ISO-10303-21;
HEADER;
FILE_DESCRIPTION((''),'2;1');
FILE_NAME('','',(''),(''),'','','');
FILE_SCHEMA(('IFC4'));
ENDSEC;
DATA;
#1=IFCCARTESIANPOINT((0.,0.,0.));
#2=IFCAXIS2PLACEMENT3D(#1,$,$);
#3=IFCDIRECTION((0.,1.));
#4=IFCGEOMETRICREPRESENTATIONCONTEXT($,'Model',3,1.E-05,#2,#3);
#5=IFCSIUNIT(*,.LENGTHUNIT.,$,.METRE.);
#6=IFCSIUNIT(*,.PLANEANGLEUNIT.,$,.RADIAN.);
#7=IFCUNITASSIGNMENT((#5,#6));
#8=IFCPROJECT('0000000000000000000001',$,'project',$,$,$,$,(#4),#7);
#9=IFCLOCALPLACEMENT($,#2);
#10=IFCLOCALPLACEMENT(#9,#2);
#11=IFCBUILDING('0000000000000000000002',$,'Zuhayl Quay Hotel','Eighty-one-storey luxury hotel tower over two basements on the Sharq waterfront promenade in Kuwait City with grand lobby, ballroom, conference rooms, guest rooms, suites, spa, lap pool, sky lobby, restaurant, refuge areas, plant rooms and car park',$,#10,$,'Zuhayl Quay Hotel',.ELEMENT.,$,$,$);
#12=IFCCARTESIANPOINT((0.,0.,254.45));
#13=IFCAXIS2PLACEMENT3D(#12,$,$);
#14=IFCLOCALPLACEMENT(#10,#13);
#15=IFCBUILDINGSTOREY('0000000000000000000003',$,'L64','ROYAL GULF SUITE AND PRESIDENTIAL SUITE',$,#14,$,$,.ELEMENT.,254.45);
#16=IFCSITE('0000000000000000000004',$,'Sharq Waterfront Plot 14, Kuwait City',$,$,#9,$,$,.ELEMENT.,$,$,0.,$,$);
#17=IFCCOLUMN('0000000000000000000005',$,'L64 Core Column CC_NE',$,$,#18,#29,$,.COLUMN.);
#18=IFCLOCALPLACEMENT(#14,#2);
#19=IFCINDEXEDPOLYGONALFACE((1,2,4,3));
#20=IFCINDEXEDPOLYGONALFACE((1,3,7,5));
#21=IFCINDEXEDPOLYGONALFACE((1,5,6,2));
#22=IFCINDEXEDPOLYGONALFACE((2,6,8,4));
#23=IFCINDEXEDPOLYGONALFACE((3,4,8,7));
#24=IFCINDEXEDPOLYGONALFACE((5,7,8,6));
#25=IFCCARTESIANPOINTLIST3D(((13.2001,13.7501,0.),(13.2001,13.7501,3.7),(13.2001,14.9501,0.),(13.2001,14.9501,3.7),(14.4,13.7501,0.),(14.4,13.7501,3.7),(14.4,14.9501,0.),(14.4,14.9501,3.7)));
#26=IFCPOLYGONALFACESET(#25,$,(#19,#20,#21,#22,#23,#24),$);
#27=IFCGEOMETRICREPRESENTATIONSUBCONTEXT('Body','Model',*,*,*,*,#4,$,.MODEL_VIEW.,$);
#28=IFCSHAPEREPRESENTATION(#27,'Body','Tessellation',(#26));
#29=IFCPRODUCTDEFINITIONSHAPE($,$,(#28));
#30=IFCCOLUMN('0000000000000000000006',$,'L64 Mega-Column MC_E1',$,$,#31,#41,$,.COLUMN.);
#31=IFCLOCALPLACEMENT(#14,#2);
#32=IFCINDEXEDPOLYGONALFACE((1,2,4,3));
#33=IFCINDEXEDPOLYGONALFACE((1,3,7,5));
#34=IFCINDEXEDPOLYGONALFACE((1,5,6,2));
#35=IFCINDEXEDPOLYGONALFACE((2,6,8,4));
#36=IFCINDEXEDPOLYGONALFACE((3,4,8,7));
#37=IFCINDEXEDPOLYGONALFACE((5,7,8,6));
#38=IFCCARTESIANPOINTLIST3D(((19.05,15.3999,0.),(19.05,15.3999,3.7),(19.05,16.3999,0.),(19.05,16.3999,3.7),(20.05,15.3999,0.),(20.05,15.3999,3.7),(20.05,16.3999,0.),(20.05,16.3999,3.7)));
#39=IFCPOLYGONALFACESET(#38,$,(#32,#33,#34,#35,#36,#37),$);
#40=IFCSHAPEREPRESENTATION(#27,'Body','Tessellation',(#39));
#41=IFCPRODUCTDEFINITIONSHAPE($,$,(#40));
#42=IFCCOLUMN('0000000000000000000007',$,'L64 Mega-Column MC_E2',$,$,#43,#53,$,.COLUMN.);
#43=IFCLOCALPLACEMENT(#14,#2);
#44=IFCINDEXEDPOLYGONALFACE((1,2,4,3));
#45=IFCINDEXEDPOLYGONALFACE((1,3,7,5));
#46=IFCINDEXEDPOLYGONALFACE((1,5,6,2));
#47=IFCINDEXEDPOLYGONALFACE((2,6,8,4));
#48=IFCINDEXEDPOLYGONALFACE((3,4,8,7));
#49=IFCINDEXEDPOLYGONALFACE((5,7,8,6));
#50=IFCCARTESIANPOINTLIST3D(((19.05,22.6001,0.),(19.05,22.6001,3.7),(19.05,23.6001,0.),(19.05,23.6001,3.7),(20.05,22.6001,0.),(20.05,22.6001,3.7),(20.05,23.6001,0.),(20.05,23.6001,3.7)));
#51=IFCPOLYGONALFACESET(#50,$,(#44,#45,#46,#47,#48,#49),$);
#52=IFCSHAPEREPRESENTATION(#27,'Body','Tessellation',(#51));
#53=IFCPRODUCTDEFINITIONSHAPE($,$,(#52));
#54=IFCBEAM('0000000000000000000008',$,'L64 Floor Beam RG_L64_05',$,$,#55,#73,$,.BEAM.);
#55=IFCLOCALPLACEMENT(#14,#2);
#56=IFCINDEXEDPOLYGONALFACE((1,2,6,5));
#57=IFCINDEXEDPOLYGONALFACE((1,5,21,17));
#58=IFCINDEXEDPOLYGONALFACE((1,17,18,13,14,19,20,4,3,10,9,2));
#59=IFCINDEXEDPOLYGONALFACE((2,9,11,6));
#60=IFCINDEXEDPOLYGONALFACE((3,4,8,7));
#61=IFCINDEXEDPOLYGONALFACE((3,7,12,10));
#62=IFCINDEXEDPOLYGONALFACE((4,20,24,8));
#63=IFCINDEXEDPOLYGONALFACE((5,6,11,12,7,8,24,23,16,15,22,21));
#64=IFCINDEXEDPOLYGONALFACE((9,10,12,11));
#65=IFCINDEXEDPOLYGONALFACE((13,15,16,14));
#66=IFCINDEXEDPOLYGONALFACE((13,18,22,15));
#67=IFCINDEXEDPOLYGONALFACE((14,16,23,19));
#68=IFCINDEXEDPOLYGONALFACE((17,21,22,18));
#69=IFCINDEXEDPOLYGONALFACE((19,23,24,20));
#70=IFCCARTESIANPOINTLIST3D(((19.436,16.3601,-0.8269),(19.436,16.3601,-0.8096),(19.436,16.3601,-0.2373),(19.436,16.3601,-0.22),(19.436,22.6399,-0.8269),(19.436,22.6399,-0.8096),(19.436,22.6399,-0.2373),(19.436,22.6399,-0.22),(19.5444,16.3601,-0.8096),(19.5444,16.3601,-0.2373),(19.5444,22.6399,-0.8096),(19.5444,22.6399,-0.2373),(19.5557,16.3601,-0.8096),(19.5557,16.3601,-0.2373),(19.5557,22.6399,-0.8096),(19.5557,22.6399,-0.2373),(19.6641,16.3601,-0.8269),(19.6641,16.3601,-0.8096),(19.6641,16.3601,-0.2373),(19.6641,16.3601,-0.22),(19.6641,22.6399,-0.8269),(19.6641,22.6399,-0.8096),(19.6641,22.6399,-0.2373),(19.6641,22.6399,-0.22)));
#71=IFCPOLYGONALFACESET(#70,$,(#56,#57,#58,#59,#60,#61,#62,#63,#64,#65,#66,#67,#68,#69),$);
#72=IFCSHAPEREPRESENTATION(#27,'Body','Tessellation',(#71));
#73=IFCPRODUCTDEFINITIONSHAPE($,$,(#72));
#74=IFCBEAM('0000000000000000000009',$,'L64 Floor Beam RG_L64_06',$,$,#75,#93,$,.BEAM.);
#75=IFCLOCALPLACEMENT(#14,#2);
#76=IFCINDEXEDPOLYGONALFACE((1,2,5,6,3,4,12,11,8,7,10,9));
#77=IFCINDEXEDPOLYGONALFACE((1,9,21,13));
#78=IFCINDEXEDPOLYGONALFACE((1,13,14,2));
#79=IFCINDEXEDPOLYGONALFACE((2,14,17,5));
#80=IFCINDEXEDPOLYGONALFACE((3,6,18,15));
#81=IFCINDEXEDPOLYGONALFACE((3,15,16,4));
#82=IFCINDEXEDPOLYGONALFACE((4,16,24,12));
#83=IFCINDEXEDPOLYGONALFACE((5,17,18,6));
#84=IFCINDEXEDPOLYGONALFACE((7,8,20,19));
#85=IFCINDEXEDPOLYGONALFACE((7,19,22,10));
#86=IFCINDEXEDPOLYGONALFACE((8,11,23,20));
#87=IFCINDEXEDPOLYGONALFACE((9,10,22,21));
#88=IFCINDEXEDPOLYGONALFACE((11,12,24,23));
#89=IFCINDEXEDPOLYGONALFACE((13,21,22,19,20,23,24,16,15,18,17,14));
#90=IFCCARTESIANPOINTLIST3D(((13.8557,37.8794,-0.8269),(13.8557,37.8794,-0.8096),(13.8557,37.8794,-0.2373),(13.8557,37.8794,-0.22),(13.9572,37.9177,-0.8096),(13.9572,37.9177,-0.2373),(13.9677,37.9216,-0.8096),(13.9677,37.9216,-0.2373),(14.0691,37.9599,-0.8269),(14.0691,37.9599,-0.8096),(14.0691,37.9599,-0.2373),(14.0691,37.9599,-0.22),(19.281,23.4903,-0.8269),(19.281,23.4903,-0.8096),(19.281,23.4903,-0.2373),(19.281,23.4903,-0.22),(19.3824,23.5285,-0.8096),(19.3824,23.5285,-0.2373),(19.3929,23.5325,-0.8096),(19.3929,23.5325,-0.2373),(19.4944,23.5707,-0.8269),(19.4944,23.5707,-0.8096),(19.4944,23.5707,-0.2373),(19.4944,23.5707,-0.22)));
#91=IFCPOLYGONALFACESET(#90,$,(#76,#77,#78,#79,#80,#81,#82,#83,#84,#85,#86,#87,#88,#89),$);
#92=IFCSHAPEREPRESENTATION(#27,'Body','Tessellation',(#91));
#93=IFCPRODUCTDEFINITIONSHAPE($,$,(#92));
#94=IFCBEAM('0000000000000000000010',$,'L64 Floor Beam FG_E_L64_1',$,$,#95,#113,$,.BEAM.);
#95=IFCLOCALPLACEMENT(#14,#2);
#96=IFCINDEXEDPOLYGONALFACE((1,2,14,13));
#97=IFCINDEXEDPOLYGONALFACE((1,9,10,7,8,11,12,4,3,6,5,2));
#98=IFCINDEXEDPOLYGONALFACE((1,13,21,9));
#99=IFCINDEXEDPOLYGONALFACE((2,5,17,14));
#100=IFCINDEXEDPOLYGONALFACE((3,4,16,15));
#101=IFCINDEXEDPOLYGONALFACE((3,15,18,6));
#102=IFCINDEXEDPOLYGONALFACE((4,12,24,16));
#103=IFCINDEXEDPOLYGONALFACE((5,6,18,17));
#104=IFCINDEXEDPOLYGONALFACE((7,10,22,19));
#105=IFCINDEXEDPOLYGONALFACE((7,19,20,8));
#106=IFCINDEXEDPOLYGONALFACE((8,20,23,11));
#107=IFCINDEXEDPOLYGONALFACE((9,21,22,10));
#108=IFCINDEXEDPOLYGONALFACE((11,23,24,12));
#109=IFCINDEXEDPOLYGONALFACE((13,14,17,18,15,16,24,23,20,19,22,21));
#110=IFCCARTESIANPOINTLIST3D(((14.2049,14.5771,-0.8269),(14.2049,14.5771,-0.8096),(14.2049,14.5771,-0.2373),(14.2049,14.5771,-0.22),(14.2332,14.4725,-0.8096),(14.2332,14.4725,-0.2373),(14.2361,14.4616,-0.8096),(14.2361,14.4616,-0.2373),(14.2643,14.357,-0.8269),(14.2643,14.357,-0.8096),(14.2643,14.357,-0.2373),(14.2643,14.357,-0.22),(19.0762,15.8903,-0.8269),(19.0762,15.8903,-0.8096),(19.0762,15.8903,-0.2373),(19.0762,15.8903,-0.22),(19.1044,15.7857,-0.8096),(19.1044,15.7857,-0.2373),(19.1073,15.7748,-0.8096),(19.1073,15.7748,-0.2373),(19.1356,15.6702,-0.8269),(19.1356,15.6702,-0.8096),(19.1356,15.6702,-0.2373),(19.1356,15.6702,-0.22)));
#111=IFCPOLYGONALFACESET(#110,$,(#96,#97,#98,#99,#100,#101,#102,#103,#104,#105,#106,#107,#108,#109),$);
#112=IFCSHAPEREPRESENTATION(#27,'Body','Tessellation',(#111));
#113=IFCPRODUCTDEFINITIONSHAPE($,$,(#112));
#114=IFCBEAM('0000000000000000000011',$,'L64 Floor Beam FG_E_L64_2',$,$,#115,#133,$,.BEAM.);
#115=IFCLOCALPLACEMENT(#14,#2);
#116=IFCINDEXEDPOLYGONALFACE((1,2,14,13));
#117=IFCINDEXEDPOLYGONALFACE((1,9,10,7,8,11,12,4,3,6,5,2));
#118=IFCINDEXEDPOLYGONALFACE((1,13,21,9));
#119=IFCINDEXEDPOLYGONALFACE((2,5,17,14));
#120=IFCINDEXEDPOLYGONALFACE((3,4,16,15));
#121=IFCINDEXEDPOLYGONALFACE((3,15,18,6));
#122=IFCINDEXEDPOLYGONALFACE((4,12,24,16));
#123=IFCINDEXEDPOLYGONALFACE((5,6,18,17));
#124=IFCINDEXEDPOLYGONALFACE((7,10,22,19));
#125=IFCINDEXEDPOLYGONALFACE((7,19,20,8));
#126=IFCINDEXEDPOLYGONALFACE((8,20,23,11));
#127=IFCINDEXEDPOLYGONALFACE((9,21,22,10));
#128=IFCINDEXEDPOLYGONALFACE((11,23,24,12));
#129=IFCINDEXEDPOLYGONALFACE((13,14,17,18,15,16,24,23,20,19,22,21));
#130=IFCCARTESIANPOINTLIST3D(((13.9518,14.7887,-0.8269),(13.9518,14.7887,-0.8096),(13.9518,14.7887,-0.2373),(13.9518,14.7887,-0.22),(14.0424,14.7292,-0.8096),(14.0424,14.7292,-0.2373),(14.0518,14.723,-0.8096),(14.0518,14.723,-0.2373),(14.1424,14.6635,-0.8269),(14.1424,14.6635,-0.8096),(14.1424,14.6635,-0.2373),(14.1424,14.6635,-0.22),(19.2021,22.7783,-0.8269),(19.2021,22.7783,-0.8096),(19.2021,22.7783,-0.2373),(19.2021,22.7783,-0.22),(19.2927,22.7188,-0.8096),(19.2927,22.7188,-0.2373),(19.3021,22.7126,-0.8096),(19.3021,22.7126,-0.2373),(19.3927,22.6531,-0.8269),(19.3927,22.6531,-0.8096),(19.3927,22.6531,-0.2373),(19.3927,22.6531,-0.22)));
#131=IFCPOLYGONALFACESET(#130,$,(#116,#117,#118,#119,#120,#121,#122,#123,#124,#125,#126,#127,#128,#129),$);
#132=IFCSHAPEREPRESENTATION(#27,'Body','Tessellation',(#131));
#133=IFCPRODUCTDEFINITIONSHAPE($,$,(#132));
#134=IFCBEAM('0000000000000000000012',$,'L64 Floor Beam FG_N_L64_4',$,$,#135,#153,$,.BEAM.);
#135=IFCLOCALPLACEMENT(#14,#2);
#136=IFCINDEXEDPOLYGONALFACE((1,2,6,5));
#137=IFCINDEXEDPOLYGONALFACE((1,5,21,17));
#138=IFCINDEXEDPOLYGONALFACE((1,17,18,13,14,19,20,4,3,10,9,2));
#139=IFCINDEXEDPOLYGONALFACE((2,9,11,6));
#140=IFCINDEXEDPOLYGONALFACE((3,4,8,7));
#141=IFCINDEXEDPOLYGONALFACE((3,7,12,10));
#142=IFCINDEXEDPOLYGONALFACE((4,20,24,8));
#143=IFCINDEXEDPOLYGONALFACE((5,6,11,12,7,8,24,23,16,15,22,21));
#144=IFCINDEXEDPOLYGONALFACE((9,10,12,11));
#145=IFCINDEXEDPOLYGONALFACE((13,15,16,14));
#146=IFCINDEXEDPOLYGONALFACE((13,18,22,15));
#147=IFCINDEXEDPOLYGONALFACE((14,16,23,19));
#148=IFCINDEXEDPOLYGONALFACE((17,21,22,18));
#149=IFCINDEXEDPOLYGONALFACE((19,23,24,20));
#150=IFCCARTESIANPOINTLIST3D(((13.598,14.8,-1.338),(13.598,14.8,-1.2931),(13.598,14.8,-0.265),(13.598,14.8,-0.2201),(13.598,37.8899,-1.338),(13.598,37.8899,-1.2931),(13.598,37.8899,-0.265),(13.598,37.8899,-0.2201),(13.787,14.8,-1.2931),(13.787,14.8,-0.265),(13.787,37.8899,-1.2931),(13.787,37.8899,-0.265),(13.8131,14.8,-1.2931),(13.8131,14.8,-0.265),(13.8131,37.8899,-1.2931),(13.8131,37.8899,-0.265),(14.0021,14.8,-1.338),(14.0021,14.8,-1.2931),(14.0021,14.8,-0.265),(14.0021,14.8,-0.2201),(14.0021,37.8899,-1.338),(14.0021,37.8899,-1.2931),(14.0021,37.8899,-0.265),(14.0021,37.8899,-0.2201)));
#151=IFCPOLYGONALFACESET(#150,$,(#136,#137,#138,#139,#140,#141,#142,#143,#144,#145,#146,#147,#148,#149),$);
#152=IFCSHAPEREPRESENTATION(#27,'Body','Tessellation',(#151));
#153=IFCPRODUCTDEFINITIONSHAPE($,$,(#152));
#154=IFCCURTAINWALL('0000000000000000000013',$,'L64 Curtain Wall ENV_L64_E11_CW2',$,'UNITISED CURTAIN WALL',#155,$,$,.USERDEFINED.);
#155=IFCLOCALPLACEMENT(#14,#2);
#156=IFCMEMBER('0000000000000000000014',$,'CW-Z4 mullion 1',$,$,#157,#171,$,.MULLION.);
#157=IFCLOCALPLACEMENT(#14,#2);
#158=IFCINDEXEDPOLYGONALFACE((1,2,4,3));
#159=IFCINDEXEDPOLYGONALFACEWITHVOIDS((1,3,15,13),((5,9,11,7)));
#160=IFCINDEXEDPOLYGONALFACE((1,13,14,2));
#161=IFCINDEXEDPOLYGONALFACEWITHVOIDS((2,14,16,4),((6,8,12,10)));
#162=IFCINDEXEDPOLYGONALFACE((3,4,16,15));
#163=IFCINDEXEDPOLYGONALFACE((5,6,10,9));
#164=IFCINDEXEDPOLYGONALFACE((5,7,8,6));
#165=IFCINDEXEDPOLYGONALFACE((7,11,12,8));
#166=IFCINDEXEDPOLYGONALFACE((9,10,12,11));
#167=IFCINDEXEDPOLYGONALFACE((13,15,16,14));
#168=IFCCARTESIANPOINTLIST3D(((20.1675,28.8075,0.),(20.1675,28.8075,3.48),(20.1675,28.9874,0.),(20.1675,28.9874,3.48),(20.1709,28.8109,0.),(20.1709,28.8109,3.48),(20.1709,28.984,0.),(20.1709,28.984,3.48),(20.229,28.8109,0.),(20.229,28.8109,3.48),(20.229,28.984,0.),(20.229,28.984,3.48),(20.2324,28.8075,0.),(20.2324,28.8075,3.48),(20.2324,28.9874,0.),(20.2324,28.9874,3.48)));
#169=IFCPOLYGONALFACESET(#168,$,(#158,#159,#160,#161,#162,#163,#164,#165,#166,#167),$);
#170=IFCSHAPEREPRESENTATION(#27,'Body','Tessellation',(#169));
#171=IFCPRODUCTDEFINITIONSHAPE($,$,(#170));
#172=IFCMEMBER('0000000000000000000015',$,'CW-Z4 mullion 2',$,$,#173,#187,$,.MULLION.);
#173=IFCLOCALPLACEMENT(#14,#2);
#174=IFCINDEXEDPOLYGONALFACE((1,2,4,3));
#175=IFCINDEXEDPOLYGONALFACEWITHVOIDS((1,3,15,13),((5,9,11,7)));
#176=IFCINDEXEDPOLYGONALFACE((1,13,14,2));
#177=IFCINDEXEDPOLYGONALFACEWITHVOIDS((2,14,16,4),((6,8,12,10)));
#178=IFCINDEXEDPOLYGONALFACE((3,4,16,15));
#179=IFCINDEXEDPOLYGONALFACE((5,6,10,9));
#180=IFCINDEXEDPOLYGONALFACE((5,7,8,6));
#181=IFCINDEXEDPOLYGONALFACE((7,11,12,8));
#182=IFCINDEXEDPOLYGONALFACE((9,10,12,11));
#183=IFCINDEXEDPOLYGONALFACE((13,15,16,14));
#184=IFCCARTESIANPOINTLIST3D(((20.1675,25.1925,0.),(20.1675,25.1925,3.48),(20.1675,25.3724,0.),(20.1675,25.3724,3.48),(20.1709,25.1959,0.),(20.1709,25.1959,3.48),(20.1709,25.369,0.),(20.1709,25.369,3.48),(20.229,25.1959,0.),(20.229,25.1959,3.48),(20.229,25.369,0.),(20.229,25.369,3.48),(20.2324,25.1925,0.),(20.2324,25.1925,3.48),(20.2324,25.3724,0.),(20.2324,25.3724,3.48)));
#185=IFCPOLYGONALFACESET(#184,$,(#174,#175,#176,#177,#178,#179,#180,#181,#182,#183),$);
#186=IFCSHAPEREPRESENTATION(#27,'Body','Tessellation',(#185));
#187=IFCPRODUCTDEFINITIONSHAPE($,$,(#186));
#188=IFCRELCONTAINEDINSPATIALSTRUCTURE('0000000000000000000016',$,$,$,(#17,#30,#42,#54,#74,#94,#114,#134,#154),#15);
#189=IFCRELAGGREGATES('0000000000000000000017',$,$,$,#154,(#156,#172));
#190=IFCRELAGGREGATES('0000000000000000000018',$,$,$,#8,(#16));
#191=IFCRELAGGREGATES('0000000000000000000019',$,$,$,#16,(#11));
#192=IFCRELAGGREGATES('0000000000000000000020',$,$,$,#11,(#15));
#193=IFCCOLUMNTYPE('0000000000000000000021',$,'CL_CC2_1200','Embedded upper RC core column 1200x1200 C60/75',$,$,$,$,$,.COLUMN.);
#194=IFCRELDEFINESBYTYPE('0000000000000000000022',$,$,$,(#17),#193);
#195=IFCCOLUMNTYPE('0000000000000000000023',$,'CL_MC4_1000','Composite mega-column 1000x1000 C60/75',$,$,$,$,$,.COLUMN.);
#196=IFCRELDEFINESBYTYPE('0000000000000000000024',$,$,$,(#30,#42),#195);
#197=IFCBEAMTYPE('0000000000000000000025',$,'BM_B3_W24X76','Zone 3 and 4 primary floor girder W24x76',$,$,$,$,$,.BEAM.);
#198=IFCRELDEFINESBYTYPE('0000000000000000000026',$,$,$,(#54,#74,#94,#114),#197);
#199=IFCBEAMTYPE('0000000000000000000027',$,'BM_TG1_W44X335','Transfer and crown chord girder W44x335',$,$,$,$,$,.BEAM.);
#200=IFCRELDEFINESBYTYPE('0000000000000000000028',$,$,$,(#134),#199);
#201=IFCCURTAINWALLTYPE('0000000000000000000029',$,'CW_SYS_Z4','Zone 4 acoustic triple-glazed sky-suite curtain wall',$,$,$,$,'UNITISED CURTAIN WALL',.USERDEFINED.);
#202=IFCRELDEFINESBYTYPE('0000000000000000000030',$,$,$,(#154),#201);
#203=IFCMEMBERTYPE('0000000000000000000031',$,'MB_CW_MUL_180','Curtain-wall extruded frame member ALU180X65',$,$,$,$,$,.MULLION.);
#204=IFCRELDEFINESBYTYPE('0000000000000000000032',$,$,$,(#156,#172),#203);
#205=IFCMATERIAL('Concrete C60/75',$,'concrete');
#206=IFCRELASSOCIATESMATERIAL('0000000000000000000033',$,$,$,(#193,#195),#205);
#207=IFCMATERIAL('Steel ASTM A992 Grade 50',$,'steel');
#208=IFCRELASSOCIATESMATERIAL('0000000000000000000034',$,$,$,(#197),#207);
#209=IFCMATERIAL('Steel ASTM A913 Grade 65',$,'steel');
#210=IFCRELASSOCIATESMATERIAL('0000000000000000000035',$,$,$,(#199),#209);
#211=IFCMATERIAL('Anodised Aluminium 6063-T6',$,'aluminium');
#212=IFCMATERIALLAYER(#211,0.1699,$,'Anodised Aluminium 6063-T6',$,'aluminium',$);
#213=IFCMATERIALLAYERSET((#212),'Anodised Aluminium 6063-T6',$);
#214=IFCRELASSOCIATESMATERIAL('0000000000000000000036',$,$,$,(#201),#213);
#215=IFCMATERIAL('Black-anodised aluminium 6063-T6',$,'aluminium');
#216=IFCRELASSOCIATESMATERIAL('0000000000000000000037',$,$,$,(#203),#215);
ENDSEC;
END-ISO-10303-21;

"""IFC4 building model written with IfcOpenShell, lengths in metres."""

from ifc_helpers import new_model, si_unit, direction, frame, origin, origin_2d, place, context, subcontext, project, spatial, rectangle, hollow_rectangle, i_section, extrude, material, layer, layer_set, material_profile, profile_set, type_object, element, aggregate, save


model = new_model("IFC4")

# Units and contexts
model_context = context("Model", 3, precision=1e-05, world=origin(), true_north=direction((0.0, 1.0)))
body_context = subcontext(model_context, "Body", "Model", "MODEL_VIEW")
ifc_project = project(units=[si_unit("LENGTHUNIT", "METRE"), si_unit("PLANEANGLEUNIT", "RADIAN")], contexts=[model_context])

# Site, building, storey
site_placement = place(None, origin())
site = spatial("IfcSite", under=ifc_project, at=site_placement, Name="Sharq Waterfront Plot 14, Kuwait City", CompositionType="ELEMENT", RefElevation=0.0)
building_placement = place(site_placement, origin())
building = spatial("IfcBuilding", under=site, at=building_placement, Name="Zuhayl Quay Hotel", Description="Eighty-one-storey luxury hotel tower over two basements on the Sharq waterfront promenade in Kuwait City with grand lobby, ballroom, conference rooms, guest rooms, suites, spa, lap pool, sky lobby, restaurant, refuge areas, plant rooms and car park", LongName="Zuhayl Quay Hotel", CompositionType="ELEMENT")
storey_placement = place(building_placement, frame((0.0, 0.0, 254.45)))
storey = spatial("IfcBuildingStorey", under=building, at=storey_placement, Name="L64", Description="ROYAL GULF SUITE AND PRESIDENTIAL SUITE", CompositionType="ELEMENT", Elevation=254.45)

# Columns
ifc_material_1 = material(Name="Concrete C60/75", Category="concrete")
ifc_material_profile_1 = material_profile(ifc_material_1, rectangle(XDim=1.2, YDim=1.2, at=origin_2d()), Name="RC1200X1200")
ifc_profile_set_1 = profile_set([ifc_material_profile_1], Name="Concrete C60/75")
column_type_1 = type_object("IfcColumnType", Name="CL_CC2_1200", Description="Embedded upper RC core column 1200x1200 C60/75", PredefinedType="COLUMN", material=ifc_profile_set_1)
column_placement = place(storey_placement, frame((13.8, 14.3501, 0.0), z_axis=(0.0, 0.0, 1.0), x_axis=(1.0, 0.0, 0.0)))
element("IfcColumn", 1, at=column_placement, inside=storey, type_object=column_type_1, Name="L64 Core Column CC_NE", PredefinedType="COLUMN", context=body_context, shape_type="SweptSolid", body=[
    extrude(rectangle(XDim=1.2, YDim=1.2, at=origin_2d()), origin(), (0.0, 0.0, 1.0), 3.7),
])
ifc_material_profile_2 = material_profile(ifc_material_1, rectangle(XDim=1.0, YDim=1.0, at=origin_2d()), Name="RC1000X1000")
ifc_profile_set_2 = profile_set([ifc_material_profile_2], Name="Concrete C60/75")
column_type_2 = type_object("IfcColumnType", Name="CL_MC4_1000", Description="Composite mega-column 1000x1000 C60/75", PredefinedType="COLUMN", material=ifc_profile_set_2)
for number, where, z_axis, x_axis, name in (
    (2, (19.55, 15.8999, 0.0), (0.0, 0.0, 1.0), (1.0, 0.0, 0.0), "L64 Mega-Column MC_E1"),
    (3, (19.55, 23.1001, 0.0), (0.0, 0.0, 1.0), (1.0, 0.0, 0.0), "L64 Mega-Column MC_E2"),
):
    element("IfcColumn", number, at=place(storey_placement, frame(where, z_axis=z_axis, x_axis=x_axis)), inside=storey, type_object=column_type_2, Name=name, PredefinedType="COLUMN", context=body_context, shape_type="SweptSolid", body=[
        extrude(rectangle(XDim=1.0, YDim=1.0, at=origin_2d()), origin(), (0.0, 0.0, 1.0), 3.7),
    ])

# Beams
ifc_material_2 = material(Name="Steel ASTM A992 Grade 50", Category="steel")
ifc_material_profile_3 = material_profile(ifc_material_2, i_section(OverallWidth=0.228, OverallDepth=0.6069, WebThickness=0.0112, FlangeThickness=0.0173, at=origin_2d()), Name="W24X76")
ifc_profile_set_3 = profile_set([ifc_material_profile_3], Name="Steel ASTM A992 Grade 50")
beam_type_1 = type_object("IfcBeamType", Name="BM_B3_W24X76", Description="Zone 3 and 4 primary floor girder W24x76", PredefinedType="BEAM", material=ifc_profile_set_3)
beam_1_placement = place(storey_placement, frame((19.55, 16.3601, -0.5234), z_axis=(0.0, 1.0, 0.0), x_axis=(-1.0, 0.0, 0.0)))
element("IfcBeam", 4, at=beam_1_placement, inside=storey, type_object=beam_type_1, Name="L64 Floor Beam RG_L64_05", PredefinedType="BEAM", context=body_context, shape_type="SweptSolid", body=[
    extrude(i_section(OverallWidth=0.228, OverallDepth=0.6069, WebThickness=0.0112, FlangeThickness=0.0173, at=origin_2d()), origin(), (0.0, 0.0, 1.0), 6.2798),
])
beam_2_placement = place(storey_placement, frame((19.3877, 23.5305, -0.5234), z_axis=(-0.352797, 0.9357, 0.0), x_axis=(-0.9357, -0.352797, 0.0)))
element("IfcBeam", 5, at=beam_2_placement, inside=storey, type_object=beam_type_1, Name="L64 Floor Beam RG_L64_06", PredefinedType="BEAM", context=body_context, shape_type="SweptSolid", body=[
    extrude(i_section(OverallWidth=0.228, OverallDepth=0.6069, WebThickness=0.0112, FlangeThickness=0.0173, at=origin_2d()), origin(), (0.0, 0.0, 1.0), 15.3779),
])
beam_3_placement = place(storey_placement, frame((14.2346, 14.467, -0.5234), z_axis=(0.96553, 0.260291, 0.0), x_axis=(-0.260291, 0.96553, 0.0)))
element("IfcBeam", 6, at=beam_3_placement, inside=storey, type_object=beam_type_1, Name="L64 Floor Beam FG_E_L64_1", PredefinedType="BEAM", context=body_context, shape_type="SweptSolid", body=[
    extrude(i_section(OverallWidth=0.228, OverallDepth=0.6069, WebThickness=0.0112, FlangeThickness=0.0173, at=origin_2d()), origin(), (0.0, 0.0, 1.0), 5.0452),
])
beam_4_placement = place(storey_placement, frame((14.0471, 14.7261, -0.5234), z_axis=(0.549178, 0.835705, 0.0), x_axis=(-0.835705, 0.549178, 0.0)))
element("IfcBeam", 7, at=beam_4_placement, inside=storey, type_object=beam_type_1, Name="L64 Floor Beam FG_E_L64_2", PredefinedType="BEAM", context=body_context, shape_type="SweptSolid", body=[
    extrude(i_section(OverallWidth=0.228, OverallDepth=0.6069, WebThickness=0.0112, FlangeThickness=0.0173, at=origin_2d()), origin(), (0.0, 0.0, 1.0), 9.5603),
])
ifc_material_3 = material(Name="Steel ASTM A913 Grade 65", Category="steel")
ifc_material_profile_4 = material_profile(ifc_material_3, i_section(OverallWidth=0.4041, OverallDepth=1.1179, WebThickness=0.0261, FlangeThickness=0.0449, at=origin_2d()), Name="W44X335")
ifc_profile_set_4 = profile_set([ifc_material_profile_4], Name="Steel ASTM A913 Grade 65")
beam_type_2 = type_object("IfcBeamType", Name="BM_TG1_W44X335", Description="Transfer and crown chord girder W44x335", PredefinedType="BEAM", material=ifc_profile_set_4)
beam_5_placement = place(storey_placement, frame((13.8, 14.8, -0.7791), z_axis=(0.0, 1.0, 0.0), x_axis=(-1.0, 0.0, 0.0)))
element("IfcBeam", 8, at=beam_5_placement, inside=storey, type_object=beam_type_2, Name="L64 Floor Beam FG_N_L64_4", PredefinedType="BEAM", context=body_context, shape_type="SweptSolid", body=[
    extrude(i_section(OverallWidth=0.4041, OverallDepth=1.1179, WebThickness=0.0261, FlangeThickness=0.0449, at=origin_2d()), origin(), (0.0, 0.0, 1.0), 23.0898),
])

# Curtain wall, members
ifc_material_4 = material(Name="Anodised Aluminium 6063-T6", Category="aluminium")
ifc_layer_1 = layer(ifc_material_4, 0.1699, Name="Anodised Aluminium 6063-T6", Category="aluminium")
ifc_layer_set_1 = layer_set([ifc_layer_1], Name="Anodised Aluminium 6063-T6")
curtain_wall_type = type_object("IfcCurtainWallType", Name="CW_SYS_Z4", Description="Zone 4 acoustic triple-glazed sky-suite curtain wall", ElementType="UNITISED CURTAIN WALL", PredefinedType="USERDEFINED", material=ifc_layer_set_1)
curtain_wall_1_placement = place(storey_placement, origin())
curtain_wall_1 = element("IfcCurtainWall", 9, at=curtain_wall_1_placement, inside=storey, type_object=curtain_wall_type, Name="L64 Curtain Wall ENV_L64_E11_CW2", ObjectType="UNITISED CURTAIN WALL", PredefinedType="USERDEFINED")
ifc_material_5 = material(Name="Black-anodised aluminium 6063-T6", Category="aluminium")
ifc_material_profile_5 = material_profile(ifc_material_5, hollow_rectangle(XDim=0.0649, YDim=0.1799, WallThickness=0.0034, at=origin_2d()), Name="ALU180X65")
ifc_profile_set_5 = profile_set([ifc_material_profile_5], Name="Black-anodised aluminium 6063-T6")
member_type_1 = type_object("IfcMemberType", Name="MB_CW_MUL_180", Description="Curtain-wall extruded frame member ALU180X65", PredefinedType="MULLION", material=ifc_profile_set_5)
member_1_placement = place(storey_placement, frame((20.2, 28.8975, 0.0), z_axis=(0.0, 0.0, 1.0), x_axis=(1.0, 0.0, 0.0)))
member_1 = element("IfcMember", 10, at=member_1_placement, type_object=member_type_1, Name="CW-Z4 mullion 1", PredefinedType="MULLION", context=body_context, shape_type="SweptSolid", body=[
    extrude(hollow_rectangle(XDim=0.0649, YDim=0.1799, WallThickness=0.0034, at=origin_2d()), origin(), (0.0, 0.0, 1.0), 3.48),
])
member_2_placement = place(storey_placement, frame((20.2, 25.2825, 0.0), z_axis=(0.0, 0.0, 1.0), x_axis=(1.0, 0.0, 0.0)))
member_2 = element("IfcMember", 11, at=member_2_placement, type_object=member_type_1, Name="CW-Z4 mullion 2", PredefinedType="MULLION", context=body_context, shape_type="SweptSolid", body=[
    extrude(hollow_rectangle(XDim=0.0649, YDim=0.1799, WallThickness=0.0034, at=origin_2d()), origin(), (0.0, 0.0, 1.0), 3.48),
])

aggregate(curtain_wall_1, [member_1, member_2])

save(model, "model.ifc")
